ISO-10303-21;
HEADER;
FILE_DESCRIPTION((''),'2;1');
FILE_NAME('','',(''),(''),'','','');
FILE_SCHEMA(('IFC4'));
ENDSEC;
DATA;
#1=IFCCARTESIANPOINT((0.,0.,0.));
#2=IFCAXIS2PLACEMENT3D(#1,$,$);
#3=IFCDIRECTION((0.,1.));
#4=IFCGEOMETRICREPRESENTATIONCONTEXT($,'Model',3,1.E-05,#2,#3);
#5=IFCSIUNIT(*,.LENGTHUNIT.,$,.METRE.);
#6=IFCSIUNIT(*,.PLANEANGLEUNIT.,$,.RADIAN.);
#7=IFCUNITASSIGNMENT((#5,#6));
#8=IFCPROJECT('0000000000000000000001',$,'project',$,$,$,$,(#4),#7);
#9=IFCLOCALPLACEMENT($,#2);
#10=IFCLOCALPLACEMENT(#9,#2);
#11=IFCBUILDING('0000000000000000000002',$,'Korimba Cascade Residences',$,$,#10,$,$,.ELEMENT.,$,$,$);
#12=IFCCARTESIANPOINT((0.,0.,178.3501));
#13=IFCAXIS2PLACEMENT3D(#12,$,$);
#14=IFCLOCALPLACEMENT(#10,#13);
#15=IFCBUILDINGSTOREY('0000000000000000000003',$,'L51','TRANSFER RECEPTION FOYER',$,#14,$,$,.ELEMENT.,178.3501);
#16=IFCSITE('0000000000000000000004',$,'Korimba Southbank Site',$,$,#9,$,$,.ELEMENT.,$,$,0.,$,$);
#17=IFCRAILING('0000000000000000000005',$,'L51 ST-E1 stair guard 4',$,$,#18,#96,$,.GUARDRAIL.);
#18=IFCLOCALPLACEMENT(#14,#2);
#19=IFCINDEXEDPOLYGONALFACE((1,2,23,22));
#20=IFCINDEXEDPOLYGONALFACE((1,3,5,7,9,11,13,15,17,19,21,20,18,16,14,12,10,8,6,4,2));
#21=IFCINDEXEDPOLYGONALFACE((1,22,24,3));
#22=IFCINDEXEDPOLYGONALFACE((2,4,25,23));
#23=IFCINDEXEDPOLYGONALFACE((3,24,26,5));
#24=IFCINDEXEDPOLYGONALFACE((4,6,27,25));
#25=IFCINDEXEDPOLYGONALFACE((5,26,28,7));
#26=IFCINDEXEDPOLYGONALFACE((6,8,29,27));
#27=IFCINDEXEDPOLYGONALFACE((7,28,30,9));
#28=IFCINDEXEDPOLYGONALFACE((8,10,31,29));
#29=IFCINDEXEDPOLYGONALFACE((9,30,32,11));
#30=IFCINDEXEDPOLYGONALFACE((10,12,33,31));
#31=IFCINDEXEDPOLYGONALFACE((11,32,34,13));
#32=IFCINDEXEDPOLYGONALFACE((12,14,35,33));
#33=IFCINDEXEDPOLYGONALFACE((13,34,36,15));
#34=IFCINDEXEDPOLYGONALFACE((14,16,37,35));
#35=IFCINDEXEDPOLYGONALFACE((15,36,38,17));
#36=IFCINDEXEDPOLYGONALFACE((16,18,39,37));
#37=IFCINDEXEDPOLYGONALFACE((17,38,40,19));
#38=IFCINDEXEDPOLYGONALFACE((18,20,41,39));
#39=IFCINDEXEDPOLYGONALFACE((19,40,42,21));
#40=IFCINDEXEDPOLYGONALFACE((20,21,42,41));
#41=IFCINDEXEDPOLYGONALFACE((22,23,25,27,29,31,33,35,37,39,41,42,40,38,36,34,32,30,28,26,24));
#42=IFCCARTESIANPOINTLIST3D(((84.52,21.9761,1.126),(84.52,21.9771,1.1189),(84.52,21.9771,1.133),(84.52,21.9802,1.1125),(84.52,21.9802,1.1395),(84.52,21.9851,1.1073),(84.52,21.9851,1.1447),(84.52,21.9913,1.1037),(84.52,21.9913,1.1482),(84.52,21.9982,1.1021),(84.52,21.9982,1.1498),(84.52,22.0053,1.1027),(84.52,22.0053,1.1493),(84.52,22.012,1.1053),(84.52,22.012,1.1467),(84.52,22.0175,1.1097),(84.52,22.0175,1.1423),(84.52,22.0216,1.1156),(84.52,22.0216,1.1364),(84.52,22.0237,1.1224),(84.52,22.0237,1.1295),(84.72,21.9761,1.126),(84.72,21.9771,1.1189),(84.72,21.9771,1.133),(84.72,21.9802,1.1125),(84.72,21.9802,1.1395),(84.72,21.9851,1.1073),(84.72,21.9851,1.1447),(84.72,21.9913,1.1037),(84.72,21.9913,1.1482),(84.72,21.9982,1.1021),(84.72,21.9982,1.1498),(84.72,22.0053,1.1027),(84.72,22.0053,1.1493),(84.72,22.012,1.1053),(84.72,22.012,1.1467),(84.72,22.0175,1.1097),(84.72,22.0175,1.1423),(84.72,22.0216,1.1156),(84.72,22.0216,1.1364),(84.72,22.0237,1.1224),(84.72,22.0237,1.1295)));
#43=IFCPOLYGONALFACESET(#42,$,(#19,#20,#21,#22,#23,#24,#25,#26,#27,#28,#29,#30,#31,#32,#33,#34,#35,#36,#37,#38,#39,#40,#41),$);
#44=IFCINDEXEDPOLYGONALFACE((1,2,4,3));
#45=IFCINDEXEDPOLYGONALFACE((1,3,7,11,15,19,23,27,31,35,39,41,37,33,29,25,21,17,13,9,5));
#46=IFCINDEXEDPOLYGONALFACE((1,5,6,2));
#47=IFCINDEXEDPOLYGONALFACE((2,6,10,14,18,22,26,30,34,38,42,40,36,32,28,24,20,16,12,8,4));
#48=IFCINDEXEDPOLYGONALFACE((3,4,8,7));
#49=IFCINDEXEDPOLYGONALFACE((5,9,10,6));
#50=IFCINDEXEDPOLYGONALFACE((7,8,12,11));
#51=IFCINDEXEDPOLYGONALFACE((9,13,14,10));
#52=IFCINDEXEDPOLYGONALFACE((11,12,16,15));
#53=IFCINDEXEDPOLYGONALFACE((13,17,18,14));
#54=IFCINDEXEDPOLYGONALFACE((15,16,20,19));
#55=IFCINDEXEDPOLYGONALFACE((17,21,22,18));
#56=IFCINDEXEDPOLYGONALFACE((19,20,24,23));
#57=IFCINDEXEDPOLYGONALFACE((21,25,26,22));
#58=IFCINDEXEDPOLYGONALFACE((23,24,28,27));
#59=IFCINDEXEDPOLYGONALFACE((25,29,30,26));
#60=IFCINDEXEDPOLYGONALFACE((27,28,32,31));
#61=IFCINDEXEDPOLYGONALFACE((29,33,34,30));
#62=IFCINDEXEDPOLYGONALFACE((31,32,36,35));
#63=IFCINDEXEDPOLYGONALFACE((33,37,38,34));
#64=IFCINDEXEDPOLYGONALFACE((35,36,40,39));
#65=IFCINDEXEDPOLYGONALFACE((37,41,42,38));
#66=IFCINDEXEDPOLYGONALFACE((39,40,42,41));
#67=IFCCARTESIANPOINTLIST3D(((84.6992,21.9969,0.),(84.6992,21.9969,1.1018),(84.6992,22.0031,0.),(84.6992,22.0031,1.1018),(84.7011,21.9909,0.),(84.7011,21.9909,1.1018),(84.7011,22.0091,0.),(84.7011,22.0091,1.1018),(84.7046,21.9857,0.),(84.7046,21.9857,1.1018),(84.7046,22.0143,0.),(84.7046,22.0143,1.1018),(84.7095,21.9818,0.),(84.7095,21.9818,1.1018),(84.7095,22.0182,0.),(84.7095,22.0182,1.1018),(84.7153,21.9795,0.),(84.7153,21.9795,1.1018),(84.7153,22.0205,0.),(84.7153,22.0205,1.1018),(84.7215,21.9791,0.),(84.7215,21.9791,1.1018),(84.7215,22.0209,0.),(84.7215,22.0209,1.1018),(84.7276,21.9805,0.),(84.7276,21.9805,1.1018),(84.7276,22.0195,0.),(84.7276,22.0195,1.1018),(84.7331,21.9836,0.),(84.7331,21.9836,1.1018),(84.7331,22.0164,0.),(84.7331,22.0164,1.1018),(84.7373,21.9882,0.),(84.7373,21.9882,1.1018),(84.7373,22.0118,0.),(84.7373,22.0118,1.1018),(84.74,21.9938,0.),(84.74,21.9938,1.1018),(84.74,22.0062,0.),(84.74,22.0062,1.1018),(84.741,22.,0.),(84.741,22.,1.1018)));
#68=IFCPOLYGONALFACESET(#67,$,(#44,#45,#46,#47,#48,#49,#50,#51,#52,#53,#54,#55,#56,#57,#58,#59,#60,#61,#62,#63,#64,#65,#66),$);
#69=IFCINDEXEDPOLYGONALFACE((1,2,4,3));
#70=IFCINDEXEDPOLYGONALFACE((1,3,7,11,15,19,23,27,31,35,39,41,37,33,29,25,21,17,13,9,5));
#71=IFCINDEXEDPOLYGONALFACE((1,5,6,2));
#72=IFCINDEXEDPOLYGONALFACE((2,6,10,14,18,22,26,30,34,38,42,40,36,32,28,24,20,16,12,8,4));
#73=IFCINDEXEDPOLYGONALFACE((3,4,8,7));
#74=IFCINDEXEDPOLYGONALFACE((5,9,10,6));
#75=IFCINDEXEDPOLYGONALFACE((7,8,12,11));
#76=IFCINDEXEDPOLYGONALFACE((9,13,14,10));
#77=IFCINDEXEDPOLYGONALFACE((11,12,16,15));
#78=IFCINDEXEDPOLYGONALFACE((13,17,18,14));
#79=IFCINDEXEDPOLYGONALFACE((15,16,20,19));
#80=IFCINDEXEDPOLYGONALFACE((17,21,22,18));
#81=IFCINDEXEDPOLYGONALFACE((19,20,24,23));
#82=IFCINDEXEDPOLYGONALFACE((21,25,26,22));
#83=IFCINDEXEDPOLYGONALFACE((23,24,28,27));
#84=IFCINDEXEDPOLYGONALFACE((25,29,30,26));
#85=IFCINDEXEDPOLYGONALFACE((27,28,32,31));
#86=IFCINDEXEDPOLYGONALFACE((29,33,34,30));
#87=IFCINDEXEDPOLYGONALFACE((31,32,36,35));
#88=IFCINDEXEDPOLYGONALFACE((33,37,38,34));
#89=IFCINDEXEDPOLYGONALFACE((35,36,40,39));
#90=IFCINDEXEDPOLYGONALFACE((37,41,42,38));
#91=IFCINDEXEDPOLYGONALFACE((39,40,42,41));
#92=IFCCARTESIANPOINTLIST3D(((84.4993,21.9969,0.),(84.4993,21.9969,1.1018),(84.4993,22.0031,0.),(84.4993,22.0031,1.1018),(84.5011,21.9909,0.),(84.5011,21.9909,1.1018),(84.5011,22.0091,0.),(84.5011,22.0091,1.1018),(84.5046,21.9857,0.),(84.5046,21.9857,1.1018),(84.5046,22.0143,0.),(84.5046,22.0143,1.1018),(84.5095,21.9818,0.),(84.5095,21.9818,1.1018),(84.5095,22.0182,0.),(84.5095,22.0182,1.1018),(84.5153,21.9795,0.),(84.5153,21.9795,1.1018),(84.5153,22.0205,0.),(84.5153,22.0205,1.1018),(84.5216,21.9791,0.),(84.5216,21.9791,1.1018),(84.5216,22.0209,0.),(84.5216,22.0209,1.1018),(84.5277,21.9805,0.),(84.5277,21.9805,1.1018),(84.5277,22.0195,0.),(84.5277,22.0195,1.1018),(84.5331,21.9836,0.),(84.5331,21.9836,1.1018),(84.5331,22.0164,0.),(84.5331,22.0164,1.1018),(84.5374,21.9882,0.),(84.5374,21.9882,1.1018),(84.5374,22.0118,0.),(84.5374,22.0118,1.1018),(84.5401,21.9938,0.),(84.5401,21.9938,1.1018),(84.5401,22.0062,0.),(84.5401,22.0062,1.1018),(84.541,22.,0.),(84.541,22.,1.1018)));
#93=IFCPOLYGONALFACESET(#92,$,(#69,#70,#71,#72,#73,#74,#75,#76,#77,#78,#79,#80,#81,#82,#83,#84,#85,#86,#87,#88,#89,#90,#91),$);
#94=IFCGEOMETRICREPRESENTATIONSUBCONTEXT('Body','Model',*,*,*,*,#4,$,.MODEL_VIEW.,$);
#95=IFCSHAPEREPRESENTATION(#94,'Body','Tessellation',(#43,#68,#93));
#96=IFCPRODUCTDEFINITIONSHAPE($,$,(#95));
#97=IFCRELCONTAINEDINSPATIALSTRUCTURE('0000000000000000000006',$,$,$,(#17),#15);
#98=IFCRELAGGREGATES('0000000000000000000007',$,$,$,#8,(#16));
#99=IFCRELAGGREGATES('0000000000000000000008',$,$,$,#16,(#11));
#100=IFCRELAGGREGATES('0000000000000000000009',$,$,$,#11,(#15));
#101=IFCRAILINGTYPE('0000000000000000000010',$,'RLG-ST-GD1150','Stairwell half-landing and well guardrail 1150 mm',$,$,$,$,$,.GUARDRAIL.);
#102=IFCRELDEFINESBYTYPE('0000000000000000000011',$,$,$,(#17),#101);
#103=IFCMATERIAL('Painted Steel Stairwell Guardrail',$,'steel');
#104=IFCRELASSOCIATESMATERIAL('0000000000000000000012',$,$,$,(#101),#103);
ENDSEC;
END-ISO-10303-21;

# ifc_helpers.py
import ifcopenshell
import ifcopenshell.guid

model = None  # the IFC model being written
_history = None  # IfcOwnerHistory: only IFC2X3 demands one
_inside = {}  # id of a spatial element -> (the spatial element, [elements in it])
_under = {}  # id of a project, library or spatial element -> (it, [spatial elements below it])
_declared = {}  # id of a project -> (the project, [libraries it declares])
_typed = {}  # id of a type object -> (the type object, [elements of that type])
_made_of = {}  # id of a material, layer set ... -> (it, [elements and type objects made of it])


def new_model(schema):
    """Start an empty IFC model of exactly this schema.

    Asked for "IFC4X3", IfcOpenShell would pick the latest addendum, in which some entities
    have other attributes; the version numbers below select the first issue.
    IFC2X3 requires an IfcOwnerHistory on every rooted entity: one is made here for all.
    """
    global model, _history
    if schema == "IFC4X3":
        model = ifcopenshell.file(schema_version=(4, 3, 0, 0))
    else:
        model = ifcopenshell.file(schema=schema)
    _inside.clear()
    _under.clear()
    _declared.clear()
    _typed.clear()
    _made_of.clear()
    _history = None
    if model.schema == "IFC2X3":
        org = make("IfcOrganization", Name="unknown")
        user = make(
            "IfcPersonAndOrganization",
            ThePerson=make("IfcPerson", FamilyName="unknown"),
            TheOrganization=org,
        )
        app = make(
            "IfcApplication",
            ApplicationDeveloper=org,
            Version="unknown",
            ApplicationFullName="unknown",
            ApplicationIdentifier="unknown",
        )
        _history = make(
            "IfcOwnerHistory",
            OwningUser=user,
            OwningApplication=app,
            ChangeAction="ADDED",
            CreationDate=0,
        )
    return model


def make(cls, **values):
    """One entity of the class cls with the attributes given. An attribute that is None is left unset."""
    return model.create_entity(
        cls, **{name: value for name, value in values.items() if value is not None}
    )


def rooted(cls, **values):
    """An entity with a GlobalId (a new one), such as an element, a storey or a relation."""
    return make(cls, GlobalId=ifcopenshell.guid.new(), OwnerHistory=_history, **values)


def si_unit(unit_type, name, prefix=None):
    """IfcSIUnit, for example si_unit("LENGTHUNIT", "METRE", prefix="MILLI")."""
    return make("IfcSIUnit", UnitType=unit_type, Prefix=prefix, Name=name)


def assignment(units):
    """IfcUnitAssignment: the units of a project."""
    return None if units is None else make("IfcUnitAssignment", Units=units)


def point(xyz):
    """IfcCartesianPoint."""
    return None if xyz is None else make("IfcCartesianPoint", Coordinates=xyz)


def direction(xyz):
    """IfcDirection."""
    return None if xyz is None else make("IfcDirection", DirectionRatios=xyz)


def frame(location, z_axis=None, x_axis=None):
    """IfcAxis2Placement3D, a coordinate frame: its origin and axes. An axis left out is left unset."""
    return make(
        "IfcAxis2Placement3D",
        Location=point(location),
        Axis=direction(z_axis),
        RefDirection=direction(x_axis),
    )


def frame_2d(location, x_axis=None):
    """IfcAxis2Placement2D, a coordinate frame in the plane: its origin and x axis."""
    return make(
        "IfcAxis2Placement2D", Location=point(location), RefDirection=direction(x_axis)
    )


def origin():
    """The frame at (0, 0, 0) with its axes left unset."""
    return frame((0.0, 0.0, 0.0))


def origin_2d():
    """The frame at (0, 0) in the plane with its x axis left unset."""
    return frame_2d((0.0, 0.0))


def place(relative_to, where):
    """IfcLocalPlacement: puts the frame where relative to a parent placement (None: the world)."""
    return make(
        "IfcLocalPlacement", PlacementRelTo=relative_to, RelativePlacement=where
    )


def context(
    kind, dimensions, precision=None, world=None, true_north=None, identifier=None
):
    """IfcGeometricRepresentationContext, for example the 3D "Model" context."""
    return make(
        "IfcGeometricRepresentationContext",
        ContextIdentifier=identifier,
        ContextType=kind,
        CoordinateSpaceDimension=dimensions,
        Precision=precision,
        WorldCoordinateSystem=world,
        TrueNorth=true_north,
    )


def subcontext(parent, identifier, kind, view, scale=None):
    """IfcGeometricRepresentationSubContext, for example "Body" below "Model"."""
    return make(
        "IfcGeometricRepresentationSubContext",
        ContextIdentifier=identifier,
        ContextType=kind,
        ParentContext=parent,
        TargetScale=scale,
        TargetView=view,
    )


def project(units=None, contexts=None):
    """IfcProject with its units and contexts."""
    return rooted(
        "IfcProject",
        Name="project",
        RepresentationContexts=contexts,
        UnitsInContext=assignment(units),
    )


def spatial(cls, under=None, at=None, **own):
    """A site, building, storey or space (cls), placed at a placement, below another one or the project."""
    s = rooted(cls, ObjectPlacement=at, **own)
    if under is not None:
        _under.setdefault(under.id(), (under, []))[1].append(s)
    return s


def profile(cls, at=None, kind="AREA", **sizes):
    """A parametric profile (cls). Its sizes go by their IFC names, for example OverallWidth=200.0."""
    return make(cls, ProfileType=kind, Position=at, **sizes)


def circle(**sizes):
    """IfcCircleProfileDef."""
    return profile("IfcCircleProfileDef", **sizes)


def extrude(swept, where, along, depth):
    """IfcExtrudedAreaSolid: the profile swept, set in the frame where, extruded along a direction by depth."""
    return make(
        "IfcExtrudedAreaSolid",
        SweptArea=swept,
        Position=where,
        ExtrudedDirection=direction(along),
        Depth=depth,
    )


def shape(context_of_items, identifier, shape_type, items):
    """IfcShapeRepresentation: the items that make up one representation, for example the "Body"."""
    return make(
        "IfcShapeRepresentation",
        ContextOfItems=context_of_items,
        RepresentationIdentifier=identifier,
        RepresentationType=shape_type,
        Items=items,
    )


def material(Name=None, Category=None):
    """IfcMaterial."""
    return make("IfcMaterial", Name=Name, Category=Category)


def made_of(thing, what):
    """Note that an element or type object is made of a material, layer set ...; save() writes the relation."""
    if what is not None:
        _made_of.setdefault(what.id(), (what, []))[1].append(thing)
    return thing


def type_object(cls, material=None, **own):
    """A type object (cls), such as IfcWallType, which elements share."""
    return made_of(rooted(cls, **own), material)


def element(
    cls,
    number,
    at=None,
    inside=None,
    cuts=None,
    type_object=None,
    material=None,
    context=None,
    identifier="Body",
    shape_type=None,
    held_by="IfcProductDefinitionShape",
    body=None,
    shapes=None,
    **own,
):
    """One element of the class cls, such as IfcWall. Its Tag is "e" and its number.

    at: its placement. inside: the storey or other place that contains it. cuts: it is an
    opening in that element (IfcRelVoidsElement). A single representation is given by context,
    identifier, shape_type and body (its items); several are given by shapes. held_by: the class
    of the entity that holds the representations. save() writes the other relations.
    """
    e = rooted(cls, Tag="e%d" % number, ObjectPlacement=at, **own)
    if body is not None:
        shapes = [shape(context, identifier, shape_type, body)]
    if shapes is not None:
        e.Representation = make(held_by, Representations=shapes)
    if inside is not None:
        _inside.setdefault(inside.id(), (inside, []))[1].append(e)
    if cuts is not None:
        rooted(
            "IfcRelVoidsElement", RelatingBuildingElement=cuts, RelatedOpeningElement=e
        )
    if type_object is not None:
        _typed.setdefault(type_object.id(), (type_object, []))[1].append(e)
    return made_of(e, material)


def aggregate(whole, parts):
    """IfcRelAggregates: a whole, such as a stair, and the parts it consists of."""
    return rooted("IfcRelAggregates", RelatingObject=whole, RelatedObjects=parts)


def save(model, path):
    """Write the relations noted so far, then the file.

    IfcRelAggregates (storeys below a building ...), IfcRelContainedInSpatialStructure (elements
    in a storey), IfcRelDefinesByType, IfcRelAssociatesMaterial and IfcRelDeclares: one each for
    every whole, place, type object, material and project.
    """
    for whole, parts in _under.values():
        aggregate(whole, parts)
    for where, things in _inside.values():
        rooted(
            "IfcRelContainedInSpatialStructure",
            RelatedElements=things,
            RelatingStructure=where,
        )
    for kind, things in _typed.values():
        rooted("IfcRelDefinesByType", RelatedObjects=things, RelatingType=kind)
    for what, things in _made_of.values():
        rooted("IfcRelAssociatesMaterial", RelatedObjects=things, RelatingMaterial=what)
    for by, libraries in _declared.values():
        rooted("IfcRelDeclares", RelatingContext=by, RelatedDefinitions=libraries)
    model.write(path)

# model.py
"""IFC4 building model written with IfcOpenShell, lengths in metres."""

from ifc_helpers import new_model, si_unit, direction, frame, origin, origin_2d, place, context, subcontext, project, spatial, circle, extrude, material, type_object, element, save


model = new_model("IFC4")

# Units and contexts
model_context = context("Model", 3, precision=1e-05, world=origin(), true_north=direction((0.0, 1.0)))
body_context = subcontext(model_context, "Body", "Model", "MODEL_VIEW")
ifc_project = project(units=[si_unit("LENGTHUNIT", "METRE"), si_unit("PLANEANGLEUNIT", "RADIAN")], contexts=[model_context])

# Site, building, storey
site_placement = place(None, origin())
site = spatial("IfcSite", under=ifc_project, at=site_placement, Name="Korimba Southbank Site", CompositionType="ELEMENT", RefElevation=0.0)
building_placement = place(site_placement, origin())
building = spatial("IfcBuilding", under=site, at=building_placement, Name="Korimba Cascade Residences", CompositionType="ELEMENT")
storey_placement = place(building_placement, frame((0.0, 0.0, 178.3501)))
storey = spatial("IfcBuildingStorey", under=building, at=storey_placement, Name="L51", Description="TRANSFER RECEPTION FOYER", CompositionType="ELEMENT", Elevation=178.3501)

# Railing
ifc_material_1 = material(Name="Painted Steel Stairwell Guardrail", Category="steel")
railing_type_1 = type_object("IfcRailingType", Name="RLG-ST-GD1150", Description="Stairwell half-landing and well guardrail 1150 mm", PredefinedType="GUARDRAIL", material=ifc_material_1)
railing_1_placement = place(storey_placement, frame((84.72, 22.0, 0.0)))
element("IfcRailing", 1, at=railing_1_placement, inside=storey, type_object=railing_type_1, Name="L51 ST-E1 stair guard 4", PredefinedType="GUARDRAIL", context=body_context, shape_type="SweptSolid", body=[
    extrude(circle(Radius=0.0239, at=origin_2d()), frame((0.0, 0.0, 1.126), z_axis=(-1.0, 0.0, 0.0), x_axis=(0.0, -1.0, 0.0)), (0.0, 0.0, 1.0), 0.2),
    extrude(circle(Radius=0.021, at=origin_2d()), origin(), (0.0, 0.0, 1.0), 1.1018),
    extrude(circle(Radius=0.021, at=origin_2d()), frame((-0.2, 0.0, 0.0)), (0.0, 0.0, 1.0), 1.1018),
])

save(model, "model.ifc")
